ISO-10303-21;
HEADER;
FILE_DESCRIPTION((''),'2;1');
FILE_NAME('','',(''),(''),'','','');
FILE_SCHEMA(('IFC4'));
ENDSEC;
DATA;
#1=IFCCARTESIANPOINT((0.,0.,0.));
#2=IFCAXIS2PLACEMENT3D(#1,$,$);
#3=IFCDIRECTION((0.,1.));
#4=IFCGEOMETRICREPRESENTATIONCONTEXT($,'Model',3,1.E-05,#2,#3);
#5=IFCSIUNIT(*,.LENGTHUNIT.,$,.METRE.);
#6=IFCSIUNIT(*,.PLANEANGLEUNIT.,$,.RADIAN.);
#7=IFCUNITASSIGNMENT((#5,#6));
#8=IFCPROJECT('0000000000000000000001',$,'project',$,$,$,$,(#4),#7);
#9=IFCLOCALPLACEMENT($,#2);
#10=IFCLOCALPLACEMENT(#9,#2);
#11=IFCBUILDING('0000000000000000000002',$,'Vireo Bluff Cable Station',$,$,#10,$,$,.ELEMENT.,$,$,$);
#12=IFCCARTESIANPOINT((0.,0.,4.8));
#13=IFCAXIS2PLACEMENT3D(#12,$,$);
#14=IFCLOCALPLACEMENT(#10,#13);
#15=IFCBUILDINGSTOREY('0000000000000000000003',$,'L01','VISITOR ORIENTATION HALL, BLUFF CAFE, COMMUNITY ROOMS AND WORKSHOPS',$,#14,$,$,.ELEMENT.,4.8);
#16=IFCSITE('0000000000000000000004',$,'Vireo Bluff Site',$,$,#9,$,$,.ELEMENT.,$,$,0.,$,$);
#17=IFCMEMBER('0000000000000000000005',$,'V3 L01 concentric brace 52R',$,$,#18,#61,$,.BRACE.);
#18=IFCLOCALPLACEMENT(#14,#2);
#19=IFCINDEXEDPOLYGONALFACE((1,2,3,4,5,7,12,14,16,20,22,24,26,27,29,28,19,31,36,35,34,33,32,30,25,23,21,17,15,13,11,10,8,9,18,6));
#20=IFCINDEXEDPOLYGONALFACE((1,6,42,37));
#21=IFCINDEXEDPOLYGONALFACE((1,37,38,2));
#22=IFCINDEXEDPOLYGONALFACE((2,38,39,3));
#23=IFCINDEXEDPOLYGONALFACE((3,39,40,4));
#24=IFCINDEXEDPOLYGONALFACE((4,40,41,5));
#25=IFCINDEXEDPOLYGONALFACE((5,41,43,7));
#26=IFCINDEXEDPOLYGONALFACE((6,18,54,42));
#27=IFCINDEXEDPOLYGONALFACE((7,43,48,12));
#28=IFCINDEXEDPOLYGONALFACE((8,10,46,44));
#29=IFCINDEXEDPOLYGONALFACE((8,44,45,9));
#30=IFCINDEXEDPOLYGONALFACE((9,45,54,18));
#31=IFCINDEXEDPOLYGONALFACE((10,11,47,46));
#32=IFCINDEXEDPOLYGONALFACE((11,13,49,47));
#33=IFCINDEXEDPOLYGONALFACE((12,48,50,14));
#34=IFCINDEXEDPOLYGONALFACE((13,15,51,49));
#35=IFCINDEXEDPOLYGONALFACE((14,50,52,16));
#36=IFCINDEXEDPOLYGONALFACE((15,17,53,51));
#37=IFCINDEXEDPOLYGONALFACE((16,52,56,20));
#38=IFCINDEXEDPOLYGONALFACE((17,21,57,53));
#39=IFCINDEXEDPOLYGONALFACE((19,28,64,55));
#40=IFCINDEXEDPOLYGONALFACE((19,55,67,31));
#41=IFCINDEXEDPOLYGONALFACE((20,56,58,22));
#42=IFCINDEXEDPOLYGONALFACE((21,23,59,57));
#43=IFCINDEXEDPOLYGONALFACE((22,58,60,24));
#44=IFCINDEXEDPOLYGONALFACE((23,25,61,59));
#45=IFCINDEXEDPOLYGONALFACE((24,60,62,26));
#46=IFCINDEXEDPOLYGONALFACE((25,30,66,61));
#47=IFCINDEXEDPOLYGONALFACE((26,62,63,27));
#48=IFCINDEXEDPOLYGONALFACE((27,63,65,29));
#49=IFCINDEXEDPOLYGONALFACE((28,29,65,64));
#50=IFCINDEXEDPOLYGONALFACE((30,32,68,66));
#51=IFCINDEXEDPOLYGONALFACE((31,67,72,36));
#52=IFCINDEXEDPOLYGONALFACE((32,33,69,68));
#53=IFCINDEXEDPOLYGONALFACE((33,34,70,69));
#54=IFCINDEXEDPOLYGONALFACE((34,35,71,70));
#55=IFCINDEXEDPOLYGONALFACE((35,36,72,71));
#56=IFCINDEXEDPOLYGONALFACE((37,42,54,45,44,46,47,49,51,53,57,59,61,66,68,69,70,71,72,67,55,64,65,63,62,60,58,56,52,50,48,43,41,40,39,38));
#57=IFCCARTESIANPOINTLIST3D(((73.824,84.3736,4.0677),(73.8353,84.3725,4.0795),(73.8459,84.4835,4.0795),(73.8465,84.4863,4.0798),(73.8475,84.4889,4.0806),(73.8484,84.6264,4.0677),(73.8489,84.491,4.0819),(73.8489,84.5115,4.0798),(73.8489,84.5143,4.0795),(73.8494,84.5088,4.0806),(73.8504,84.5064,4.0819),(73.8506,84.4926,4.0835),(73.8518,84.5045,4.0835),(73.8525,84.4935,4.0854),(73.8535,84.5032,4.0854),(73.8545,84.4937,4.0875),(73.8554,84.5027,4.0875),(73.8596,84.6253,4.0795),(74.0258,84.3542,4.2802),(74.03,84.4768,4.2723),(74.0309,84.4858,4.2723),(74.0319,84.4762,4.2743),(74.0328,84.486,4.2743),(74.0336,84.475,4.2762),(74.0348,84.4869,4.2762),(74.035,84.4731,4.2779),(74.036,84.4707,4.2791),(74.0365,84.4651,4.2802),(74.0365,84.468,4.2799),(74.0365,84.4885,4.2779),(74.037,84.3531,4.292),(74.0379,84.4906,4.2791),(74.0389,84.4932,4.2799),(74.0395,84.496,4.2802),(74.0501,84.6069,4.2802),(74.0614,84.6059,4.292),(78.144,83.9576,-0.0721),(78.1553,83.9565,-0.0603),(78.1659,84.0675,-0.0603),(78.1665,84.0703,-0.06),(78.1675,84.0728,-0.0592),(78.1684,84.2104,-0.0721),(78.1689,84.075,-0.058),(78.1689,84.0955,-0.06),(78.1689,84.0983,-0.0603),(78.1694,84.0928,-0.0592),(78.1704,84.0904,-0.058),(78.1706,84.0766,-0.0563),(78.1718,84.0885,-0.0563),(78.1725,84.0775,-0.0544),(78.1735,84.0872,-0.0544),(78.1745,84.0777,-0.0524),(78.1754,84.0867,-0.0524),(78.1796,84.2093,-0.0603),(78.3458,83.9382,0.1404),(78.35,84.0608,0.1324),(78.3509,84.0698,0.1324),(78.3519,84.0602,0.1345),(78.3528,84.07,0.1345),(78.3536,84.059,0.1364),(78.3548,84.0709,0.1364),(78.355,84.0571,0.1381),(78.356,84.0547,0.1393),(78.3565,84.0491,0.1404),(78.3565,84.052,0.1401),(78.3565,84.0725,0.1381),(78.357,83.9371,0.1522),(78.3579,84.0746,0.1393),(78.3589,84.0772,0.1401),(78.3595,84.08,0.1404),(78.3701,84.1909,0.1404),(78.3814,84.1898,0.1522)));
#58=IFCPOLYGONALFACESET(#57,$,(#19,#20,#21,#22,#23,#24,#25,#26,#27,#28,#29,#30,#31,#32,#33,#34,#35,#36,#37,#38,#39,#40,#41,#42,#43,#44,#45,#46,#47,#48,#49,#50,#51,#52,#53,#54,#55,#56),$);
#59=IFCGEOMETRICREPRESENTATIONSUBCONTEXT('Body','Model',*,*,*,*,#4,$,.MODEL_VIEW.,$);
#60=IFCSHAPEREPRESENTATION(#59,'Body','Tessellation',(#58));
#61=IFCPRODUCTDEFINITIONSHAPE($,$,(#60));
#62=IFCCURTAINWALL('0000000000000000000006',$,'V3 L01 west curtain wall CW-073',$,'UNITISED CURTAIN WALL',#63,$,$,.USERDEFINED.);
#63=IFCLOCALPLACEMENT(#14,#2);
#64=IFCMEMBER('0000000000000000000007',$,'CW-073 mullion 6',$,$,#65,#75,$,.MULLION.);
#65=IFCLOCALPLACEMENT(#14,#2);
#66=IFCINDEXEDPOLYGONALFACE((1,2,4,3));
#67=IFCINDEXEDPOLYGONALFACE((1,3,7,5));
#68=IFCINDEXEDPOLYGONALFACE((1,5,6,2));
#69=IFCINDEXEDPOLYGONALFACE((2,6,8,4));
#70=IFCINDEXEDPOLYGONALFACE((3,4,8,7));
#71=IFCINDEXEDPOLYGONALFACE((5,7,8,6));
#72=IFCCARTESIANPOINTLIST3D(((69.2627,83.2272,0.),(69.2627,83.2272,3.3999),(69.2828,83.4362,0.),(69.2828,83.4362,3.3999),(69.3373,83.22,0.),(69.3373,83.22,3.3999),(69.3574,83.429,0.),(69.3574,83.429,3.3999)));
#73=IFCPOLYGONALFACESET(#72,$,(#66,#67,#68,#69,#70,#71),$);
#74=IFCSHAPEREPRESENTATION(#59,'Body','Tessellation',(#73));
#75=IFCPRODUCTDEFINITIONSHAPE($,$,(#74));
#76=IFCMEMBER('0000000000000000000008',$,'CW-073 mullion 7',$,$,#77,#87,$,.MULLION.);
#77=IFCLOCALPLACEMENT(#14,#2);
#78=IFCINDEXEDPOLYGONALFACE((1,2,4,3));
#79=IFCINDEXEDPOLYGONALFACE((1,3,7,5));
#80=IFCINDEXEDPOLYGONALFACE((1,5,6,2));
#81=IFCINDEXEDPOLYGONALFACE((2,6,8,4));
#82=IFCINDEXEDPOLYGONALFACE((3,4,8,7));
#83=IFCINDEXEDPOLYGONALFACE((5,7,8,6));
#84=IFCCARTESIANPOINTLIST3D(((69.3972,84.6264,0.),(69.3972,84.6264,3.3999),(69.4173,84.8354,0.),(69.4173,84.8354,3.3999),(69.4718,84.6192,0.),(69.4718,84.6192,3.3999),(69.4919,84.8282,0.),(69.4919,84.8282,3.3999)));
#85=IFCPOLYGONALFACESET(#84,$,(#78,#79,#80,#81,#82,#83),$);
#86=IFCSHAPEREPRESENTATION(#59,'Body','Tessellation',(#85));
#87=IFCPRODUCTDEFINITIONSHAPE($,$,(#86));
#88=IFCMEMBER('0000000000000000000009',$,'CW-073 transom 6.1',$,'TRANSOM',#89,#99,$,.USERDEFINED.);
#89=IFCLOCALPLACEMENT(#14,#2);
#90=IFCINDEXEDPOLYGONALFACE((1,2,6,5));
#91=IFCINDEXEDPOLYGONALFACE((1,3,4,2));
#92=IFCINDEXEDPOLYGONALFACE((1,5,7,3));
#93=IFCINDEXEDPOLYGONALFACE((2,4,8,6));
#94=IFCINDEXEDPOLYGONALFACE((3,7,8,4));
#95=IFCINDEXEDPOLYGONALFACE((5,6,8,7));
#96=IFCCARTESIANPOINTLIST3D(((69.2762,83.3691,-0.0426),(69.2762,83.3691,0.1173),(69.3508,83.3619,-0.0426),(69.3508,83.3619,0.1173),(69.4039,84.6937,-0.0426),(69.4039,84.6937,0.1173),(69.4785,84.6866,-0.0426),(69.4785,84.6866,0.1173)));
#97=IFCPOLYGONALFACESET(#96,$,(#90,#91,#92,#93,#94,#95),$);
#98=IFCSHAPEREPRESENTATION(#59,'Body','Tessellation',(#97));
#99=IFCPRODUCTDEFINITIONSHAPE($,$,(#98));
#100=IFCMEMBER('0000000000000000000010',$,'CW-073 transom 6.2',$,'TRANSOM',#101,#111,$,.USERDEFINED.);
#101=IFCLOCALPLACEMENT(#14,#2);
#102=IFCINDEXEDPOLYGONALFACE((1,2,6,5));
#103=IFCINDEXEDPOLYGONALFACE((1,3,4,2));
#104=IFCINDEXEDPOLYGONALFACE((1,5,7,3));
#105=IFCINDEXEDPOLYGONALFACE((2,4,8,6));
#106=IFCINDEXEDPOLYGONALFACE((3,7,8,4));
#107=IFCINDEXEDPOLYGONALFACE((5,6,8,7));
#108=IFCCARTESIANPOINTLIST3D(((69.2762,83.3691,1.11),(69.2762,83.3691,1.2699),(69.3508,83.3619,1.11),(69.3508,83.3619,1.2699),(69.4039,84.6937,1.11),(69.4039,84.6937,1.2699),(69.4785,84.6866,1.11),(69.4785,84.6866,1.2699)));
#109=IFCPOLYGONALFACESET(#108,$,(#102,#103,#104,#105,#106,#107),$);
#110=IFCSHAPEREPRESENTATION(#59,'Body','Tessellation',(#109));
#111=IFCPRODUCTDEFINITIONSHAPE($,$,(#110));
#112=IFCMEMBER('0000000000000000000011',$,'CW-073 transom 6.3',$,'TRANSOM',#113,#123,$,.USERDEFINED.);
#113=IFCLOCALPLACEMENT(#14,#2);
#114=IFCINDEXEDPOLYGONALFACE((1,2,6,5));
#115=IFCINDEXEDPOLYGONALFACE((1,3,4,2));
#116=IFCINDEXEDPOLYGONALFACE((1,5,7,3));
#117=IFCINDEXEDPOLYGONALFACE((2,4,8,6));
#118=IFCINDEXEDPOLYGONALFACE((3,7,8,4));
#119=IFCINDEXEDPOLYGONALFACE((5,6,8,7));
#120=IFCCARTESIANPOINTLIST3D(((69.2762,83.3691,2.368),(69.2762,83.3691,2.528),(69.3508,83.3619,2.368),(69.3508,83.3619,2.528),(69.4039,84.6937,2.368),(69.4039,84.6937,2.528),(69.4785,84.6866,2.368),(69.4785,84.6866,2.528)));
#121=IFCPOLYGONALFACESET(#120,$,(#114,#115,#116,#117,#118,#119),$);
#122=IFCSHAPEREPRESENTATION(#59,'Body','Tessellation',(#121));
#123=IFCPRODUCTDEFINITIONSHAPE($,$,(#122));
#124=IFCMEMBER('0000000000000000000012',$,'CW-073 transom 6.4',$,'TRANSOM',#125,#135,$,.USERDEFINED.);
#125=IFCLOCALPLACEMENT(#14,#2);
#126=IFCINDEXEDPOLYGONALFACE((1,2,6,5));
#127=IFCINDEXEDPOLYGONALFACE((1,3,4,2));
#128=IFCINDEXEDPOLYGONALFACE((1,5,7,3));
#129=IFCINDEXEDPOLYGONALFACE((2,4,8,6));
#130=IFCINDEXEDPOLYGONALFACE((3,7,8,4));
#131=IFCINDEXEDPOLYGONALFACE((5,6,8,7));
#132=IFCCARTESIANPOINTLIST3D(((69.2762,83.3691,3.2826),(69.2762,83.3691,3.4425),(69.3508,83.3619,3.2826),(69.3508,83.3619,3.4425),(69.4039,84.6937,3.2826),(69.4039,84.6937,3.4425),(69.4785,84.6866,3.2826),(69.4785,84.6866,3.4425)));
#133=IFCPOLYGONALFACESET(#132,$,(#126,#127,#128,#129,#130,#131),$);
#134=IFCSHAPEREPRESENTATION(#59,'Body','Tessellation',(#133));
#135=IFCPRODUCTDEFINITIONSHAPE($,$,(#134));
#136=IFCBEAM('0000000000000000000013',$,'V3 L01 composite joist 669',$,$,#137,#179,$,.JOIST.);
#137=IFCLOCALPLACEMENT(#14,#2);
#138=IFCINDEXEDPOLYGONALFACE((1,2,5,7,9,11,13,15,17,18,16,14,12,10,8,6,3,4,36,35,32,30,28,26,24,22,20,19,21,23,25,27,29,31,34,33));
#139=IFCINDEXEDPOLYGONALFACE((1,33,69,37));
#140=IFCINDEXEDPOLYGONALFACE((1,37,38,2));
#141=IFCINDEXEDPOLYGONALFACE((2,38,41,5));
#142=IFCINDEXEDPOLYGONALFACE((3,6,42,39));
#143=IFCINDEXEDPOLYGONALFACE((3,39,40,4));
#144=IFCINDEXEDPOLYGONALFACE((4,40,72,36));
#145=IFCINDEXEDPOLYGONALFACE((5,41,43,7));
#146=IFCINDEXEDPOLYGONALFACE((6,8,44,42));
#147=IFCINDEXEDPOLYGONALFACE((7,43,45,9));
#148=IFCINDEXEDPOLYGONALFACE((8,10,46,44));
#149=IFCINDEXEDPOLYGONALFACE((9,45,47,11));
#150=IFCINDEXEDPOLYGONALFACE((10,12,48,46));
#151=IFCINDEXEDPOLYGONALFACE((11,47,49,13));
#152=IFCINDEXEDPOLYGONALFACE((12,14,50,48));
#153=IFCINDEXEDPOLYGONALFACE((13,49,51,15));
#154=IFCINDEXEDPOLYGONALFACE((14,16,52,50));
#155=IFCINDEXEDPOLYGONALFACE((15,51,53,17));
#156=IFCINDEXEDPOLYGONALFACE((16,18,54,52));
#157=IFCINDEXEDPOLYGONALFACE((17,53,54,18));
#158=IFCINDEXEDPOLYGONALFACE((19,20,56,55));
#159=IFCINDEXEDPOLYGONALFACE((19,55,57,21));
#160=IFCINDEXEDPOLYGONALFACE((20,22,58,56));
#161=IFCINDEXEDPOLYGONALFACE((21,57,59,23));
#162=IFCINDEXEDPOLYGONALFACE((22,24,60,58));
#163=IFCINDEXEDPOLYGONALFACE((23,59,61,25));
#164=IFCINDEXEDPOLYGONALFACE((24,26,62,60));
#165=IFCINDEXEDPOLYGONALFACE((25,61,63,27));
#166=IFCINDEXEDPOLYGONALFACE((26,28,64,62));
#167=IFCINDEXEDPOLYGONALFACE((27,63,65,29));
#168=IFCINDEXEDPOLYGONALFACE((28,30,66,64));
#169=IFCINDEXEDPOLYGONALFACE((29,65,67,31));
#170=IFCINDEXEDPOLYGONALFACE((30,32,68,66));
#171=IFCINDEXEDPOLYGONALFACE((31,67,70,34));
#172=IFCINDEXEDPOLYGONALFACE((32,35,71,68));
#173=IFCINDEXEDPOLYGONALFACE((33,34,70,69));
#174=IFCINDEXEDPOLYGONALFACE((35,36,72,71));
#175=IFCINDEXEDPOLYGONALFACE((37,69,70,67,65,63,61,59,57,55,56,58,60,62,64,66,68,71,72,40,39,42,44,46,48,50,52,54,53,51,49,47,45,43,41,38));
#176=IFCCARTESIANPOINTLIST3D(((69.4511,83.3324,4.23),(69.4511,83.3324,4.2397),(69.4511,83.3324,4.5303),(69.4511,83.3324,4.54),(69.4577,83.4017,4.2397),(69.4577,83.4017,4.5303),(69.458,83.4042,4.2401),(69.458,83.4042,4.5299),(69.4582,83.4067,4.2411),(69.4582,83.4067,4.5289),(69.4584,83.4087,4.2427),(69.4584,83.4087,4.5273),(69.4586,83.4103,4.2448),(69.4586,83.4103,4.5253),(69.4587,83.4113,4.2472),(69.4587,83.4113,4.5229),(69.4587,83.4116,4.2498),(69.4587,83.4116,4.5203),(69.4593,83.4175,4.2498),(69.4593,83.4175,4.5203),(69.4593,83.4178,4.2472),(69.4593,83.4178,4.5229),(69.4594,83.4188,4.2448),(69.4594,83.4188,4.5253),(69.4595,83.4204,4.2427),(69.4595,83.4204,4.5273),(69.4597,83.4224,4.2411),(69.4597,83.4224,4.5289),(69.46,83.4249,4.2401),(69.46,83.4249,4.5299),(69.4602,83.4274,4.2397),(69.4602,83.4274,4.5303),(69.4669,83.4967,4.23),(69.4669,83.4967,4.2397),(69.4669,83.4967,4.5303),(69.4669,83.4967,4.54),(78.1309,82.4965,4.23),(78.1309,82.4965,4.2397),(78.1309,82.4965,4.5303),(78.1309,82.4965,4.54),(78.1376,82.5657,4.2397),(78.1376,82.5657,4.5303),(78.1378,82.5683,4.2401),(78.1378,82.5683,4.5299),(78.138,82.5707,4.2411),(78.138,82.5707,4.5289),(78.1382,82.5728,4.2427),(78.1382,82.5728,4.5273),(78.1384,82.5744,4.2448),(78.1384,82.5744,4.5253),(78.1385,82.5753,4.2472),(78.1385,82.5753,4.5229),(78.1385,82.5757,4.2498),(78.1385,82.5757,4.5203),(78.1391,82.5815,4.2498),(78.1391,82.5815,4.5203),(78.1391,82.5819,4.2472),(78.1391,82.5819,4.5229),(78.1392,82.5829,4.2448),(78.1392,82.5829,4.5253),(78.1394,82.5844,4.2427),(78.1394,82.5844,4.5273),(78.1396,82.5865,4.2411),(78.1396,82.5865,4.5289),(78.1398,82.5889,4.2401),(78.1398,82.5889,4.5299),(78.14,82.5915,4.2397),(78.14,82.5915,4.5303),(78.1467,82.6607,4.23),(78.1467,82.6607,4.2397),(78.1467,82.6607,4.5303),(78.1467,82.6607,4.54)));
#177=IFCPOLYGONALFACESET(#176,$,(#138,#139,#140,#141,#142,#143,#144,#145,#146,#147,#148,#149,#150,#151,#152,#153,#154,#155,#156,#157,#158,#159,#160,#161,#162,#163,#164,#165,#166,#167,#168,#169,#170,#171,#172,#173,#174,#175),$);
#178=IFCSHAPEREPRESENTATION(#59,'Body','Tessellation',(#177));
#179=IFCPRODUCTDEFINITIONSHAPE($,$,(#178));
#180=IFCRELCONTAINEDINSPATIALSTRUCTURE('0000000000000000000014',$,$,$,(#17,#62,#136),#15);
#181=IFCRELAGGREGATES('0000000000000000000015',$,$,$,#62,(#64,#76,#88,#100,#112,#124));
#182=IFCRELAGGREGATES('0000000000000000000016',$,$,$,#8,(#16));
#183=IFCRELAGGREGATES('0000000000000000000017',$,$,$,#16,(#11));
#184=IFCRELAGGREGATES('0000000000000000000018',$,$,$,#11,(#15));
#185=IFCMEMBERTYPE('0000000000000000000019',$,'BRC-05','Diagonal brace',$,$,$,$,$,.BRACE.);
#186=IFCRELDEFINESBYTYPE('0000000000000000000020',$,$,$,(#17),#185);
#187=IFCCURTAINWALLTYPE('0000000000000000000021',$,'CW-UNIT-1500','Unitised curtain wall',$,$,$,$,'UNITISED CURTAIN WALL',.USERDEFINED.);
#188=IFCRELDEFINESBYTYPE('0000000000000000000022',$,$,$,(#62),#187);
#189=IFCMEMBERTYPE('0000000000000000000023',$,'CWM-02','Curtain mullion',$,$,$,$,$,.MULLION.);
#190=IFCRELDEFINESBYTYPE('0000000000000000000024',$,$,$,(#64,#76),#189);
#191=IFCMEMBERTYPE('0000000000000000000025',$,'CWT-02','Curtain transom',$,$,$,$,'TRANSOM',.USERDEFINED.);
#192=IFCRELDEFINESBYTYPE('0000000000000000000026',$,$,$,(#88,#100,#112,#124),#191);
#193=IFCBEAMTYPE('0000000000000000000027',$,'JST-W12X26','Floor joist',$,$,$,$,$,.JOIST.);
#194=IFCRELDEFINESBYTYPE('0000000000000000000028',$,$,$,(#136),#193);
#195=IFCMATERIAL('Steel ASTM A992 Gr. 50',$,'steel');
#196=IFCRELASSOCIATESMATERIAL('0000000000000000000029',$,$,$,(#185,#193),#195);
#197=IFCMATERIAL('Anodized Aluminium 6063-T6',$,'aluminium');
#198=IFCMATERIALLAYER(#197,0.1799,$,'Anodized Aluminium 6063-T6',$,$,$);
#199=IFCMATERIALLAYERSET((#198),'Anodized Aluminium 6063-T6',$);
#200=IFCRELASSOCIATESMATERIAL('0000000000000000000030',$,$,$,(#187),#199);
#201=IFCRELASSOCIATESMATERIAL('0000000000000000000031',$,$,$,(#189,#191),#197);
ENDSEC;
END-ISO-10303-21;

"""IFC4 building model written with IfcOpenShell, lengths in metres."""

from ifc_helpers import new_model, si_unit, direction, frame, origin, origin_2d, place, context, subcontext, project, spatial, rectangle, i_section, extrude, material, layer, layer_set, material_profile, profile_set, type_object, element, aggregate, save


model = new_model("IFC4")

# Units and contexts
model_context = context("Model", 3, precision=1e-05, world=origin(), true_north=direction((0.0, 1.0)))
body_context = subcontext(model_context, "Body", "Model", "MODEL_VIEW")
ifc_project = project(units=[si_unit("LENGTHUNIT", "METRE"), si_unit("PLANEANGLEUNIT", "RADIAN")], contexts=[model_context])

# Site, building, storey
site_placement = place(None, origin())
site = spatial("IfcSite", under=ifc_project, at=site_placement, Name="Vireo Bluff Site", CompositionType="ELEMENT", RefElevation=0.0)
building_placement = place(site_placement, origin())
building = spatial("IfcBuilding", under=site, at=building_placement, Name="Vireo Bluff Cable Station", CompositionType="ELEMENT")
storey_placement = place(building_placement, frame((0.0, 0.0, 4.8)))
storey = spatial("IfcBuildingStorey", under=building, at=storey_placement, Name="L01", Description="VISITOR ORIENTATION HALL, BLUFF CAFE, COMMUNITY ROOMS AND WORKSHOPS", CompositionType="ELEMENT", Elevation=4.8)

# Shared definitions
ifc_material_1 = material(Name="Steel ASTM A992 Gr. 50", Category="steel")

# Member
ifc_material_profile_1 = material_profile(ifc_material_1, i_section(OverallWidth=0.2539, OverallDepth=0.3101, WebThickness=0.009, FlangeThickness=0.0164, FilletRadius=0.011, at=origin_2d()), Name="W12X58")
ifc_profile_set_1 = profile_set([ifc_material_profile_1], Name="Steel ASTM A992 Gr. 50")
member_type_1 = type_object("IfcMemberType", Name="BRC-05", Description="Diagonal brace", PredefinedType="BRACE", material=ifc_profile_set_1)
member_1_placement = place(storey_placement, frame((78.2627, 84.0737, 0.04), z_axis=(-0.720264, 0.06936, 0.690224), x_axis=(-0.095855, -0.995395, 0.0)))
element("IfcMember", 1, at=member_1_placement, inside=storey, type_object=member_type_1, Name="V3 L01 concentric brace 52R", PredefinedType="BRACE", context=body_context, shape_type="SweptSolid", body=[
    extrude(i_section(OverallWidth=0.2539, OverallDepth=0.3101, WebThickness=0.009, FlangeThickness=0.0164, FilletRadius=0.011, at=origin_2d()), origin(), (0.0, 0.0, 1.0), 5.9978),
])

# Curtain wall, members
ifc_material_2 = material(Name="Anodized Aluminium 6063-T6", Category="aluminium")
ifc_layer_1 = layer(ifc_material_2, 0.1799, Name="Anodized Aluminium 6063-T6")
ifc_layer_set_1 = layer_set([ifc_layer_1], Name="Anodized Aluminium 6063-T6")
curtain_wall_type = type_object("IfcCurtainWallType", Name="CW-UNIT-1500", Description="Unitised curtain wall", ElementType="UNITISED CURTAIN WALL", PredefinedType="USERDEFINED", material=ifc_layer_set_1)
curtain_wall_placement = place(storey_placement, origin())
curtain_wall = element("IfcCurtainWall", 2, at=curtain_wall_placement, inside=storey, type_object=curtain_wall_type, Name="V3 L01 west curtain wall CW-073", ObjectType="UNITISED CURTAIN WALL", PredefinedType="USERDEFINED")
ifc_material_profile_2 = material_profile(ifc_material_2, rectangle(XDim=0.075, YDim=0.21, at=origin_2d()), Name="ALU-M-75X210")
ifc_profile_set_2 = profile_set([ifc_material_profile_2], Name="Anodized Aluminium 6063-T6")
member_type_2 = type_object("IfcMemberType", Name="CWM-02", Description="Curtain mullion", PredefinedType="MULLION", material=ifc_profile_set_2)
member_2_placement = place(storey_placement, frame((69.3101, 83.3281, 0.0), z_axis=(0.0, 0.0, 1.0), x_axis=(-0.995396, 0.095846, 0.0)))
member_2 = element("IfcMember", 3, at=member_2_placement, type_object=member_type_2, Name="CW-073 mullion 6", PredefinedType="MULLION", context=body_context, shape_type="SweptSolid", body=[
    extrude(rectangle(XDim=0.075, YDim=0.21, at=origin_2d()), origin(), (0.0, 0.0, 1.0), 3.3999),
])
member_3_placement = place(storey_placement, frame((69.4446, 84.7273, 0.0), z_axis=(0.0, 0.0, 1.0), x_axis=(-0.995396, 0.095846, 0.0)))
member_3 = element("IfcMember", 4, at=member_3_placement, type_object=member_type_2, Name="CW-073 mullion 7", PredefinedType="MULLION", context=body_context, shape_type="SweptSolid", body=[
    extrude(rectangle(XDim=0.075, YDim=0.21, at=origin_2d()), origin(), (0.0, 0.0, 1.0), 3.3999),
])
ifc_material_profile_3 = material_profile(ifc_material_2, rectangle(XDim=0.075, YDim=0.1599, at=origin_2d()), Name="ALU-T-75X160")
ifc_profile_set_3 = profile_set([ifc_material_profile_3], Name="Anodized Aluminium 6063-T6")
member_type_3 = type_object("IfcMemberType", Name="CWT-02", Description="Curtain transom", ElementType="TRANSOM", PredefinedType="USERDEFINED", material=ifc_profile_set_3)
member_4_placement = place(storey_placement, frame((69.3135, 83.3655, 0.0374), z_axis=(0.095943, 0.995387, 0.0), x_axis=(-0.995387, 0.095943, 0.0)))
member_4 = element("IfcMember", 5, at=member_4_placement, type_object=member_type_3, Name="CW-073 transom 6.1", ObjectType="TRANSOM", PredefinedType="USERDEFINED", context=body_context, shape_type="SweptSolid", body=[
    extrude(rectangle(XDim=0.075, YDim=0.1599, at=origin_2d()), origin(), (0.0, 0.0, 1.0), 1.3308),
])
member_5_placement = place(storey_placement, frame((69.3135, 83.3655, 1.1899), z_axis=(0.095943, 0.995387, 0.0), x_axis=(-0.995387, 0.095943, 0.0)))
member_5 = element("IfcMember", 6, at=member_5_placement, type_object=member_type_3, Name="CW-073 transom 6.2", ObjectType="TRANSOM", PredefinedType="USERDEFINED", context=body_context, shape_type="SweptSolid", body=[
    extrude(rectangle(XDim=0.075, YDim=0.1599, at=origin_2d()), origin(), (0.0, 0.0, 1.0), 1.3308),
])
member_6_placement = place(storey_placement, frame((69.3135, 83.3655, 2.448), z_axis=(0.095943, 0.995387, 0.0), x_axis=(-0.995387, 0.095943, 0.0)))
member_6 = element("IfcMember", 7, at=member_6_placement, type_object=member_type_3, Name="CW-073 transom 6.3", ObjectType="TRANSOM", PredefinedType="USERDEFINED", context=body_context, shape_type="SweptSolid", body=[
    extrude(rectangle(XDim=0.075, YDim=0.1599, at=origin_2d()), origin(), (0.0, 0.0, 1.0), 1.3308),
])
member_7_placement = place(storey_placement, frame((69.3135, 83.3655, 3.3625), z_axis=(0.095943, 0.995387, 0.0), x_axis=(-0.995387, 0.095943, 0.0)))
member_7 = element("IfcMember", 8, at=member_7_placement, type_object=member_type_3, Name="CW-073 transom 6.4", ObjectType="TRANSOM", PredefinedType="USERDEFINED", context=body_context, shape_type="SweptSolid", body=[
    extrude(rectangle(XDim=0.075, YDim=0.1599, at=origin_2d()), origin(), (0.0, 0.0, 1.0), 1.3308),
])

# Beam
ifc_material_profile_4 = material_profile(ifc_material_1, i_section(OverallWidth=0.165, OverallDepth=0.3101, WebThickness=0.0059, FlangeThickness=0.0098, FilletRadius=0.01, at=origin_2d()), Name="W12X26")
ifc_profile_set_4 = profile_set([ifc_material_profile_4], Name="Steel ASTM A992 Gr. 50")
beam_type_1 = type_object("IfcBeamType", Name="JST-W12X26", Description="Floor joist", PredefinedType="JOIST", material=ifc_profile_set_4)
beam_1_placement = place(storey_placement, frame((69.459, 83.4146, 4.385), z_axis=(0.995394, -0.095866, 0.0), x_axis=(0.095866, 0.995394, 0.0)))
element("IfcBeam", 9, at=beam_1_placement, inside=storey, type_object=beam_type_1, Name="V3 L01 composite joist 669", PredefinedType="JOIST", context=body_context, shape_type="SweptSolid", body=[
    extrude(i_section(OverallWidth=0.165, OverallDepth=0.3101, WebThickness=0.0059, FlangeThickness=0.0098, FilletRadius=0.01, at=origin_2d()), origin(), (0.0, 0.0, 1.0), 8.72),
])

aggregate(curtain_wall, [member_2, member_3, member_4, member_5, member_6, member_7])

save(model, "model.ifc")
